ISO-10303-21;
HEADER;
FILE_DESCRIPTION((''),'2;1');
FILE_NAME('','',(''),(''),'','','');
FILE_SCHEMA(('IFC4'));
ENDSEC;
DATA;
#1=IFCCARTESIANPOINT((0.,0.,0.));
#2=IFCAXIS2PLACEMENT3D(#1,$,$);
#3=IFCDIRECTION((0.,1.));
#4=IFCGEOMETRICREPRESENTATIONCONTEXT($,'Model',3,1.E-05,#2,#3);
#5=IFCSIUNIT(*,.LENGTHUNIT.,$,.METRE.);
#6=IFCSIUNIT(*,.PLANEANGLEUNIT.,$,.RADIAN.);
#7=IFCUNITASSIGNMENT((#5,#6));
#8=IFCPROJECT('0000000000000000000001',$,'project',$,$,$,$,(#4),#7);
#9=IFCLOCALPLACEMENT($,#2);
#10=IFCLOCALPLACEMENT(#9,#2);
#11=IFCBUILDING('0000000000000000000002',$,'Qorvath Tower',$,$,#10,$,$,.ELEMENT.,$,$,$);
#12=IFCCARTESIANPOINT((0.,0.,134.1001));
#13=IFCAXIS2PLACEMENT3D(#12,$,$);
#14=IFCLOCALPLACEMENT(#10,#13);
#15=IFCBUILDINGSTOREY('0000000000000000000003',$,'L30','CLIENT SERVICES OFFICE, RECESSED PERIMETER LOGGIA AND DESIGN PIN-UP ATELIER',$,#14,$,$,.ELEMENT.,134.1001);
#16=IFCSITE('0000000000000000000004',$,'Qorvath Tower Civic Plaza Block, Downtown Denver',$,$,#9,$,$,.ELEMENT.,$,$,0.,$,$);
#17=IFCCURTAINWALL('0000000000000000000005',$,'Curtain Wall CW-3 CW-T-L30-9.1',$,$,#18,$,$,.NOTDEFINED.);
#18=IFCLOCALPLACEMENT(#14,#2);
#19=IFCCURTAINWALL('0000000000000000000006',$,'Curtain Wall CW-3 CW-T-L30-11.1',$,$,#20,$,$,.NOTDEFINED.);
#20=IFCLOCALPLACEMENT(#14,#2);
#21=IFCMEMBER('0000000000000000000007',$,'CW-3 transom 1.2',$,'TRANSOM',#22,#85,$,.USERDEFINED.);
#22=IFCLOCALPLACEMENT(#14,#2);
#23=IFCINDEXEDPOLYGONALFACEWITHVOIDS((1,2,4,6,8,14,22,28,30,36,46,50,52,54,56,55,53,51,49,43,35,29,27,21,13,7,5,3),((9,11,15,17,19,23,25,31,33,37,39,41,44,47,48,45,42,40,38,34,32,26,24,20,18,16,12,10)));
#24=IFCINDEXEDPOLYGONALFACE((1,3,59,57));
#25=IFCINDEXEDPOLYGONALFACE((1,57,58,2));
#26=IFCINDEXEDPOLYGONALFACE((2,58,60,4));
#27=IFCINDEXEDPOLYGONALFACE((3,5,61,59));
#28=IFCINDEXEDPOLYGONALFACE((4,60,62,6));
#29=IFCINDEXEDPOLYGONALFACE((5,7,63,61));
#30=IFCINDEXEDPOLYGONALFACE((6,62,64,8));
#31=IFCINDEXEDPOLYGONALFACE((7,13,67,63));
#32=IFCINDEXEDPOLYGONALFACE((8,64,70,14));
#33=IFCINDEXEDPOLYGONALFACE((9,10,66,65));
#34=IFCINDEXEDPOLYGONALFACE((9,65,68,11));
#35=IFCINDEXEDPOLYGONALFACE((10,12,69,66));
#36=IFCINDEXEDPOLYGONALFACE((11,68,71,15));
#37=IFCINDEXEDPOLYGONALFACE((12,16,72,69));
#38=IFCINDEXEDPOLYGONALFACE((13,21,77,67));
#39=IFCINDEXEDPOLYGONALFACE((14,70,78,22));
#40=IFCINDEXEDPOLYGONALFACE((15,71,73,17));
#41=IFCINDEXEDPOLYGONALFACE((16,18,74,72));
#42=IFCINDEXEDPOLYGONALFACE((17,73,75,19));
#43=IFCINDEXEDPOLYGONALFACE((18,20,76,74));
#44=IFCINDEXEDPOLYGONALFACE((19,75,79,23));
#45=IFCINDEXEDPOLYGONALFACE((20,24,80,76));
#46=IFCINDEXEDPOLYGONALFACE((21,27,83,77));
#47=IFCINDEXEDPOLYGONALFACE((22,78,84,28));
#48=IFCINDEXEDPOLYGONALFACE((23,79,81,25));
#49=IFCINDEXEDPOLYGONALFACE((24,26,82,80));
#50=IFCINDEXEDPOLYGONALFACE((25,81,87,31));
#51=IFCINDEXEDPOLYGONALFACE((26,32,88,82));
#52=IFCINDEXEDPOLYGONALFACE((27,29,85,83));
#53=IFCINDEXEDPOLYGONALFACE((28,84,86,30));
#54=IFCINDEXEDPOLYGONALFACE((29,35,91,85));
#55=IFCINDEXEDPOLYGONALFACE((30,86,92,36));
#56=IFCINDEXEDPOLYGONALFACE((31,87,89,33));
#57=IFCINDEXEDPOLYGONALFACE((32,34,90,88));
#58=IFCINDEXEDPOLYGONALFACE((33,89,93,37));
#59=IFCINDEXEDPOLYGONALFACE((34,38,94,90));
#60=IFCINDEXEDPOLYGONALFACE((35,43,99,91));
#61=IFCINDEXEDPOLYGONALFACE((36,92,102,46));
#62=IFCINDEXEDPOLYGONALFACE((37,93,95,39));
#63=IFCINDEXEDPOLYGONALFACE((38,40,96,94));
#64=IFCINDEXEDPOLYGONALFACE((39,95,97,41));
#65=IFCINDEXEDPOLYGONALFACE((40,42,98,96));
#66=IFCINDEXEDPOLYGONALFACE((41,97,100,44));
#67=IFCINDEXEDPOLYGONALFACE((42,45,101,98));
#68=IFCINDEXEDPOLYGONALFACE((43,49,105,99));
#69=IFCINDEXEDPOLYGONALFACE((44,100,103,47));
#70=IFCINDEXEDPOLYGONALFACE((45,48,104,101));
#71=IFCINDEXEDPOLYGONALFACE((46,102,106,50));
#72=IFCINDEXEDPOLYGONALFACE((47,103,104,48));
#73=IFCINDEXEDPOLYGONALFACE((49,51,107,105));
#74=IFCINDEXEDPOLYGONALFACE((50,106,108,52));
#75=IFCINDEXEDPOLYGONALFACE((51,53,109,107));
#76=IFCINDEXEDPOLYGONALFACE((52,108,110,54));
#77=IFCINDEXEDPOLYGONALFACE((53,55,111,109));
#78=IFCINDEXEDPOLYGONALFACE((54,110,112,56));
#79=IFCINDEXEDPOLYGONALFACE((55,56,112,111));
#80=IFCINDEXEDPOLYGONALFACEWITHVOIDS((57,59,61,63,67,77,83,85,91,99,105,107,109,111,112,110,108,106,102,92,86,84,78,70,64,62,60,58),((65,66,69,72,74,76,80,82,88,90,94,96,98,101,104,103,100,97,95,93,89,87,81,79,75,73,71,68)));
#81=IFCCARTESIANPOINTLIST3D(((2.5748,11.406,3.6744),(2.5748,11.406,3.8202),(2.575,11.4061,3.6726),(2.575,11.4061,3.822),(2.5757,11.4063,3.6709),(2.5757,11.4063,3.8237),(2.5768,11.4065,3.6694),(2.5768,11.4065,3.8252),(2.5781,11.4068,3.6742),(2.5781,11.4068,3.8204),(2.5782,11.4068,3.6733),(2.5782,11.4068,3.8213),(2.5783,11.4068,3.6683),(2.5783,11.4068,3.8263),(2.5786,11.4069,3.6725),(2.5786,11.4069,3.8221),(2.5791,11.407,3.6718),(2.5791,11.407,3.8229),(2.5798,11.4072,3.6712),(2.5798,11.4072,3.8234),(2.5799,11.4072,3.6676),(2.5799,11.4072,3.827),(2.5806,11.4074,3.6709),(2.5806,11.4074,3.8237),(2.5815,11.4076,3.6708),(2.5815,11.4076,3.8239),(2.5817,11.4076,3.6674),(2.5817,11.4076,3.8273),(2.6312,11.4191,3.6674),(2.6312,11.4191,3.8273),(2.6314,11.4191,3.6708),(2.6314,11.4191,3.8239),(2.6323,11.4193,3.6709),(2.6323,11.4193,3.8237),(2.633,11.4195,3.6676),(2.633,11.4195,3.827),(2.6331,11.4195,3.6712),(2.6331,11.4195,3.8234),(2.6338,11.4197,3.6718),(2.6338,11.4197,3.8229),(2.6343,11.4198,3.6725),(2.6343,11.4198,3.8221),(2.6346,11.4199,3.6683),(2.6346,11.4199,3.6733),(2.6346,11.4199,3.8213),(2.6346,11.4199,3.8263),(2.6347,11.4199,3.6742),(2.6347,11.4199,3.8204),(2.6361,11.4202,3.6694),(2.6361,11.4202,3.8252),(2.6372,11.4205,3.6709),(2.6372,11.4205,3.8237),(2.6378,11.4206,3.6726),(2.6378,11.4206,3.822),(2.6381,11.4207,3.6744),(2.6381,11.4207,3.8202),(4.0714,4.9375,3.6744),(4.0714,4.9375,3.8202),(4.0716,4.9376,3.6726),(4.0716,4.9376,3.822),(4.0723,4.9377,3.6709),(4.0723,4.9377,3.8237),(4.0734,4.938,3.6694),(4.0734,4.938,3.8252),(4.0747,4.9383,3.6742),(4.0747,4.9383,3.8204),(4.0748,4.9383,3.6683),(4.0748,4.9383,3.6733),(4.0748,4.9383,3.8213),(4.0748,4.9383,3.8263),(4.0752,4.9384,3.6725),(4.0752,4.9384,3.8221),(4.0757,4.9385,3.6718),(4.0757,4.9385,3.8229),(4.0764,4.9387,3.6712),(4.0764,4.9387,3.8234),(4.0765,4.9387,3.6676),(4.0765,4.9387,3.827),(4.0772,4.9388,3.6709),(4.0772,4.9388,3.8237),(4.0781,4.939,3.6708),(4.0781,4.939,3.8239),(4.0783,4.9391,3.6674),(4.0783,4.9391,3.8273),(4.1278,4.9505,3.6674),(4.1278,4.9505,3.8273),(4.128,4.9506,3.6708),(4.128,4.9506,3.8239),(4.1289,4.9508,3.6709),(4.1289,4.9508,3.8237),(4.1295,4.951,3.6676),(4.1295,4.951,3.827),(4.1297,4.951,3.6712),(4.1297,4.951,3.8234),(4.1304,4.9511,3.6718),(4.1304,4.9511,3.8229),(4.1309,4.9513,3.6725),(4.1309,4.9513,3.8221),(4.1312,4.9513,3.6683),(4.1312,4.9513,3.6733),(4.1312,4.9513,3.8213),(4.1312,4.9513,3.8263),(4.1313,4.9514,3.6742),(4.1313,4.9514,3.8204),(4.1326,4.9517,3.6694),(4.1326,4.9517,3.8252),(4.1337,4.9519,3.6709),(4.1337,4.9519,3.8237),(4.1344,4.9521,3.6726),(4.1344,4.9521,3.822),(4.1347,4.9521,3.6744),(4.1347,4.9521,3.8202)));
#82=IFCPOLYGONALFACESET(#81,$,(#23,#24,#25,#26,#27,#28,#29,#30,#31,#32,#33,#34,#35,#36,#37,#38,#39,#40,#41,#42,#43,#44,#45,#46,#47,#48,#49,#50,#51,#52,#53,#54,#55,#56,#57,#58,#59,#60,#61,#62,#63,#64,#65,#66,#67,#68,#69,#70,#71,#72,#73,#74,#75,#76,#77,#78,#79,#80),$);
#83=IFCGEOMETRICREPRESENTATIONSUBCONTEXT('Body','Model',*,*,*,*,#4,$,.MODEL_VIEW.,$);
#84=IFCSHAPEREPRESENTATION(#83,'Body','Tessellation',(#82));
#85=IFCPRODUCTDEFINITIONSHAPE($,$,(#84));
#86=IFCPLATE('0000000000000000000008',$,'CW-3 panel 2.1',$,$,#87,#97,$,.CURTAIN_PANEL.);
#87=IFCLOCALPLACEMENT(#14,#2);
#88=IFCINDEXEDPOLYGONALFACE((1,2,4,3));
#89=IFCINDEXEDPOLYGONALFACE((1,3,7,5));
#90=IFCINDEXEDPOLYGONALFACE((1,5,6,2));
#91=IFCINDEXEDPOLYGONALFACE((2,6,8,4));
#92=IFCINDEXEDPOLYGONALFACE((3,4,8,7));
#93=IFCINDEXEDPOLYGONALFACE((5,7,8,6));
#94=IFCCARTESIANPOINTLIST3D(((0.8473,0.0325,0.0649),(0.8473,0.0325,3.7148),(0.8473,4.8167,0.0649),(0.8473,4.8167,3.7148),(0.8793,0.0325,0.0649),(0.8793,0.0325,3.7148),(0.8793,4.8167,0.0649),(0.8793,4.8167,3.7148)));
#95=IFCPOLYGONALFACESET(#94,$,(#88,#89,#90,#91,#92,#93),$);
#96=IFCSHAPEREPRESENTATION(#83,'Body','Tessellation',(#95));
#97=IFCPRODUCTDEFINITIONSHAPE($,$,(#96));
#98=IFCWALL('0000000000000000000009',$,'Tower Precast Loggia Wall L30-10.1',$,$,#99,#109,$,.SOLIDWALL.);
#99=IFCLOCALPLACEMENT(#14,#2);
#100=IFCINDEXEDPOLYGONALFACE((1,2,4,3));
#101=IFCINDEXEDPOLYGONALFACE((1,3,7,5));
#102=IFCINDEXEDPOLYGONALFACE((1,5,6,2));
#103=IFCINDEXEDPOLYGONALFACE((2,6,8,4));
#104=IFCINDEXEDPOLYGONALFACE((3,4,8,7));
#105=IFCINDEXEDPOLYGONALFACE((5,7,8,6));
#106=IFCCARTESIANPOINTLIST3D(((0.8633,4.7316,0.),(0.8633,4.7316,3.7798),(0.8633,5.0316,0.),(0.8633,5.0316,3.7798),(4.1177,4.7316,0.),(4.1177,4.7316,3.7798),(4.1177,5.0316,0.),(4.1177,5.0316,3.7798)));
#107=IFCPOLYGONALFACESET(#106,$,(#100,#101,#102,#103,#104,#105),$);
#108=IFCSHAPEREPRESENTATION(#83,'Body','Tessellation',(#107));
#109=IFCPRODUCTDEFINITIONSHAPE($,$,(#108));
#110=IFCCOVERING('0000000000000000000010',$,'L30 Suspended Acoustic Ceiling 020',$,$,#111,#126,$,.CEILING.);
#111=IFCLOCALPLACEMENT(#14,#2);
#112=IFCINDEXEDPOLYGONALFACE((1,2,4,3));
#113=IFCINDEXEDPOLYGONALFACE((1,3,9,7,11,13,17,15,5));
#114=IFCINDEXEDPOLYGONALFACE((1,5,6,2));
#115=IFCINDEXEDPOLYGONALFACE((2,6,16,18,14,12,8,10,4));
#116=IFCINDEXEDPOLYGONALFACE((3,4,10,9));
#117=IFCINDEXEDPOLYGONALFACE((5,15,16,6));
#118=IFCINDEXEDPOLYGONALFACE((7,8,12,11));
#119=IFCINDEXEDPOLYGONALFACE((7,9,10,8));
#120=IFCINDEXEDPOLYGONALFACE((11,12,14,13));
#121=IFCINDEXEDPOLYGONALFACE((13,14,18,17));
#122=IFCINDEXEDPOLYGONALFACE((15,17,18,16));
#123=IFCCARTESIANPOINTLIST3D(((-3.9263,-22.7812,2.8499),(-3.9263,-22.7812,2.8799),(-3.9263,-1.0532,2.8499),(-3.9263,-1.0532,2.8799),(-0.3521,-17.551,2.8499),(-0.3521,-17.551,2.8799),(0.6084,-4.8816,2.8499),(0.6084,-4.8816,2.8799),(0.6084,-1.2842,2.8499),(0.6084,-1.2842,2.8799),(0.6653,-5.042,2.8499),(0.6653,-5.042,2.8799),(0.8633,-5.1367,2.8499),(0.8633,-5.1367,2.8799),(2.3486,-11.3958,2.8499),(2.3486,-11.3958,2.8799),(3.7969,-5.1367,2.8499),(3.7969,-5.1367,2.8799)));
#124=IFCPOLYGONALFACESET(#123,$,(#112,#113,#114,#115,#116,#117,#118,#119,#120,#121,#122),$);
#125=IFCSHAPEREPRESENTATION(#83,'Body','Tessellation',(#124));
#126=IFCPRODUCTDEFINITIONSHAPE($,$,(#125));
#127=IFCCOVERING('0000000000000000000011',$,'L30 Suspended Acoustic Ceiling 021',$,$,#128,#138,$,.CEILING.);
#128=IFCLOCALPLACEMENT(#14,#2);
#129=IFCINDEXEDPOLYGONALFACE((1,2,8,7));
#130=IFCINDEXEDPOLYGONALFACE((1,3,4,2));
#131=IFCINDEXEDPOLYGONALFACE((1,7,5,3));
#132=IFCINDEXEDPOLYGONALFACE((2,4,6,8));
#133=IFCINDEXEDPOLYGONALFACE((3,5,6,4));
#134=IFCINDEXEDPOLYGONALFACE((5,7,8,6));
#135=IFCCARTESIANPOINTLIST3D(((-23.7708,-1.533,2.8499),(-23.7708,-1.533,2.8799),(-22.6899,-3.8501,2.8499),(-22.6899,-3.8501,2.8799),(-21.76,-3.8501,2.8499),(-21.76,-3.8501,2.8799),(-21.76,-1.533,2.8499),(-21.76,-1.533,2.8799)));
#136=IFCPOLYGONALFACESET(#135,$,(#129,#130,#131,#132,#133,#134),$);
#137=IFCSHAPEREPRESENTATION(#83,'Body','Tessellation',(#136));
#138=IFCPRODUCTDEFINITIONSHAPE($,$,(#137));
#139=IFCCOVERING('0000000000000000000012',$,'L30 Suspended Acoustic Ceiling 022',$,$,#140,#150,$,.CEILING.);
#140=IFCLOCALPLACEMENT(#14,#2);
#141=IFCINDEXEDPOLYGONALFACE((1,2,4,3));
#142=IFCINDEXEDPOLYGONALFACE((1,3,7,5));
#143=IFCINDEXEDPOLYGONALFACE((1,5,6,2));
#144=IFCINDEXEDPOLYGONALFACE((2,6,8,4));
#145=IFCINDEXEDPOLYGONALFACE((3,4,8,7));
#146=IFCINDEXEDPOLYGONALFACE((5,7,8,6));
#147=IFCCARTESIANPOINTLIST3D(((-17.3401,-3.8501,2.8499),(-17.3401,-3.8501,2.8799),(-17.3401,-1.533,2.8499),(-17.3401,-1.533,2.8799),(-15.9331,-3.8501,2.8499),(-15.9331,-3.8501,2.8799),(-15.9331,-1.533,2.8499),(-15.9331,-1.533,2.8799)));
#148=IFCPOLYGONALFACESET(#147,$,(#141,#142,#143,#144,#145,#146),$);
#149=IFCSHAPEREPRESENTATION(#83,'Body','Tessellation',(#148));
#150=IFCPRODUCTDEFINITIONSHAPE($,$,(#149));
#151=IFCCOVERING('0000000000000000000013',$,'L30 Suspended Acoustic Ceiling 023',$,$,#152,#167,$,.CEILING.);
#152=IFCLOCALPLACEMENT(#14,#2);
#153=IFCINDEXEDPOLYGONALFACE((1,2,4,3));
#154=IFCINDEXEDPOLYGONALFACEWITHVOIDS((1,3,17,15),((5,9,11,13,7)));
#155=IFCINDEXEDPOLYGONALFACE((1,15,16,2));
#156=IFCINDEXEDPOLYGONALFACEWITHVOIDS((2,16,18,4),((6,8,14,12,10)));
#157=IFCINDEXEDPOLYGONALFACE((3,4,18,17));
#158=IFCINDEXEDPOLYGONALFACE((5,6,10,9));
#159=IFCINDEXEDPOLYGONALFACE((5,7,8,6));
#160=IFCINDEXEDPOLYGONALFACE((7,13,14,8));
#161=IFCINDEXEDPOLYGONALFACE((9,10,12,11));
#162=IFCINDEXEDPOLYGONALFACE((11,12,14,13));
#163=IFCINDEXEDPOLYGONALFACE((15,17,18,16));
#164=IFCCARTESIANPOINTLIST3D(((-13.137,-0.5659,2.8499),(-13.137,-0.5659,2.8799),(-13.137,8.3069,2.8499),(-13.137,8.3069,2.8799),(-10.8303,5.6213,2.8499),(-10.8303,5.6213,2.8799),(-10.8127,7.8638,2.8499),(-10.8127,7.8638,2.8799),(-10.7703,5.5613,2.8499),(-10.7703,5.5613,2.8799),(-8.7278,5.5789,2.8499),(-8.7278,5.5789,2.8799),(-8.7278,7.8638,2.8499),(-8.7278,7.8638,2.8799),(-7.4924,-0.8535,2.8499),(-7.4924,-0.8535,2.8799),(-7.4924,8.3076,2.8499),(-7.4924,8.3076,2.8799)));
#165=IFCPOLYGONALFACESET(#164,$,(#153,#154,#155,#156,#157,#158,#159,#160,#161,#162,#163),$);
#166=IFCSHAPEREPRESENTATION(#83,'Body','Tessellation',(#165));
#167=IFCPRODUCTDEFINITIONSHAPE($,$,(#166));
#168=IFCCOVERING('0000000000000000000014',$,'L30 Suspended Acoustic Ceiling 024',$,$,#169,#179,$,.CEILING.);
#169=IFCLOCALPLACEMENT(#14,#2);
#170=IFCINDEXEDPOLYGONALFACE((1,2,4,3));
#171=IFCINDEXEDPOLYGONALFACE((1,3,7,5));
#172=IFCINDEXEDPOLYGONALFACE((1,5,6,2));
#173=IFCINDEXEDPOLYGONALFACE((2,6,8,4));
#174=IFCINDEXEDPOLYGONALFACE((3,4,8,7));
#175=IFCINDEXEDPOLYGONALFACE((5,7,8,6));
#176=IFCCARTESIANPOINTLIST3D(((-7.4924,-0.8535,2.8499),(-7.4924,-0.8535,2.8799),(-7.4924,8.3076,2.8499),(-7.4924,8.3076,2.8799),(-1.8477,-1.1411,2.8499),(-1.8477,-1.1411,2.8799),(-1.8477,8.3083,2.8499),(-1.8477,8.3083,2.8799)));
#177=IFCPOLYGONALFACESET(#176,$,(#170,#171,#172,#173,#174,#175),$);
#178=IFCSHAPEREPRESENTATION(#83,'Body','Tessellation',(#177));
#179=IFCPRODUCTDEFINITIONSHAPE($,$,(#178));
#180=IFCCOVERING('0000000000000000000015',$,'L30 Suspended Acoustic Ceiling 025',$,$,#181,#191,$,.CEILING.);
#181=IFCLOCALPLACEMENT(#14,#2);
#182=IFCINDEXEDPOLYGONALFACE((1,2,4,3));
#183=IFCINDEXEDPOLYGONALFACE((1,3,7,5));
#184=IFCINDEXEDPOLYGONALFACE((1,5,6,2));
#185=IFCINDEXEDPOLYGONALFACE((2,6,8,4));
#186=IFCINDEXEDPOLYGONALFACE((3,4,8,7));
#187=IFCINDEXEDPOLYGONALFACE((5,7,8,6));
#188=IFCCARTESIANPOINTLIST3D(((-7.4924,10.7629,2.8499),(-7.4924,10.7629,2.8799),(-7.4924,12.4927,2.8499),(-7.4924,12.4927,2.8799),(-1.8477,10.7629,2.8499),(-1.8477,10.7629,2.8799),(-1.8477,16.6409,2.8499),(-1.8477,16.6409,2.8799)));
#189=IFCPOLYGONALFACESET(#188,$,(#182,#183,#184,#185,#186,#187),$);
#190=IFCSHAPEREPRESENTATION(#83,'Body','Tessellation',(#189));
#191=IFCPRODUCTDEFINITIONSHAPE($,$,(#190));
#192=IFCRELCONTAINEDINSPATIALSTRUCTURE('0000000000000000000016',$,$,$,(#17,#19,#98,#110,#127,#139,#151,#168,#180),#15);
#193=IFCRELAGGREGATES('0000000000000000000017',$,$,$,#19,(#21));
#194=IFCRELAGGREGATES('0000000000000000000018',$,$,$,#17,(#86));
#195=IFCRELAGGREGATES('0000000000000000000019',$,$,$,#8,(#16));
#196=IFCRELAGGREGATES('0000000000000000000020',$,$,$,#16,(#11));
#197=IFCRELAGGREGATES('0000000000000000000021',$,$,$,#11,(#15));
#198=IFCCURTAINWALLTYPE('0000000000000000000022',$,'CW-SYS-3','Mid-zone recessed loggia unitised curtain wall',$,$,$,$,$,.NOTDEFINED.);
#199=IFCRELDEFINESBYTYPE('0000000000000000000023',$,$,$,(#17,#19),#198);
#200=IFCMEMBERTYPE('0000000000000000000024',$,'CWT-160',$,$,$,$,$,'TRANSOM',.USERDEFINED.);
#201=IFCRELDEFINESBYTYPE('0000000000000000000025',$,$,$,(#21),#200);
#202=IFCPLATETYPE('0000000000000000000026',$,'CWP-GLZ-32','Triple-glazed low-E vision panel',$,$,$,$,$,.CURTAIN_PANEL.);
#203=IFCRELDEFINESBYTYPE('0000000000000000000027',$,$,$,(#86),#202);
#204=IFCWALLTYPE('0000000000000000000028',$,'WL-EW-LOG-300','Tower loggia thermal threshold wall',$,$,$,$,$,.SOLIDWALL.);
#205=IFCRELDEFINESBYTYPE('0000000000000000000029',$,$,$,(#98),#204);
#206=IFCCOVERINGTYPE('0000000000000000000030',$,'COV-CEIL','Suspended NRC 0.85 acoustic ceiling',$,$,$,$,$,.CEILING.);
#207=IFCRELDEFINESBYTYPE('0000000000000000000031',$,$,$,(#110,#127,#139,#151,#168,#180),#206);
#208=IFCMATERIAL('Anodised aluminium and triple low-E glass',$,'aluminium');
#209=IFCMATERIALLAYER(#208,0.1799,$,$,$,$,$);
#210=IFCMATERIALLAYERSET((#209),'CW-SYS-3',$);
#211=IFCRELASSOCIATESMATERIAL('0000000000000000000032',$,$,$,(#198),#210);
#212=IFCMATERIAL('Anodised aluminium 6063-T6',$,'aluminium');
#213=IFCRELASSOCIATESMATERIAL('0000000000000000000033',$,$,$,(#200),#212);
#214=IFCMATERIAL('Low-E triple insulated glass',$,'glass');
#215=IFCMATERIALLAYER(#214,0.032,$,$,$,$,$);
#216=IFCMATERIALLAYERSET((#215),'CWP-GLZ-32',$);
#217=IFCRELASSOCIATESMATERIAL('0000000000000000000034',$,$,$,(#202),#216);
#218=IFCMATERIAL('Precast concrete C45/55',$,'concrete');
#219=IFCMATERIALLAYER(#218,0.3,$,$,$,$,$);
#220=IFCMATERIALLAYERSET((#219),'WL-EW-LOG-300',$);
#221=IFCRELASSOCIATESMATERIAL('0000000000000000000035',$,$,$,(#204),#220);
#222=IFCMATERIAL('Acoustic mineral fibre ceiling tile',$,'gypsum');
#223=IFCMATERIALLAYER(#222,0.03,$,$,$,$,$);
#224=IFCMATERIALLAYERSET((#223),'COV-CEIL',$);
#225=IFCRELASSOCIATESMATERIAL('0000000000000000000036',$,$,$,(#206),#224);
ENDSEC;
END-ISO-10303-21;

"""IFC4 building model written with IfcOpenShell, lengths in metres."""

from ifc_helpers import new_model, si_unit, direction, frame, frame_2d, origin, origin_2d, place, context, subcontext, project, spatial, polyline, rectangle, hollow_rectangle, outline, extrude, material, layer, layer_set, material_profile, profile_set, type_object, element, aggregate, save


model = new_model("IFC4")

# Units and contexts
model_context = context("Model", 3, precision=1e-05, world=origin(), true_north=direction((0.0, 1.0)))
body_context = subcontext(model_context, "Body", "Model", "MODEL_VIEW")
ifc_project = project(units=[si_unit("LENGTHUNIT", "METRE"), si_unit("PLANEANGLEUNIT", "RADIAN")], contexts=[model_context])

# Site, building, storey
site_placement = place(None, origin())
site = spatial("IfcSite", under=ifc_project, at=site_placement, Name="Qorvath Tower Civic Plaza Block, Downtown Denver", CompositionType="ELEMENT", RefElevation=0.0)
building_placement = place(site_placement, origin())
building = spatial("IfcBuilding", under=site, at=building_placement, Name="Qorvath Tower", CompositionType="ELEMENT")
storey_placement = place(building_placement, frame((0.0, 0.0, 134.1001)))
storey = spatial("IfcBuildingStorey", under=building, at=storey_placement, Name="L30", Description="CLIENT SERVICES OFFICE, RECESSED PERIMETER LOGGIA AND DESIGN PIN-UP ATELIER", CompositionType="ELEMENT", Elevation=134.1001)

# Curtain wall
ifc_material_1 = material(Name="Anodised aluminium and triple low-E glass", Category="aluminium")
ifc_layer_1 = layer(ifc_material_1, 0.1799)
ifc_layer_set_1 = layer_set([ifc_layer_1], Name="CW-SYS-3")
curtain_wall_type = type_object("IfcCurtainWallType", Name="CW-SYS-3", Description="Mid-zone recessed loggia unitised curtain wall", PredefinedType="NOTDEFINED", material=ifc_layer_set_1)
curtain_wall_1_placement = place(storey_placement, origin())
curtain_wall_1 = element("IfcCurtainWall", 1, at=curtain_wall_1_placement, inside=storey, type_object=curtain_wall_type, Name="Curtain Wall CW-3 CW-T-L30-9.1", PredefinedType="NOTDEFINED")

# Curtain wall
curtain_wall_2_placement = place(storey_placement, origin())
curtain_wall_2 = element("IfcCurtainWall", 2, at=curtain_wall_2_placement, inside=storey, type_object=curtain_wall_type, Name="Curtain Wall CW-3 CW-T-L30-11.1", PredefinedType="NOTDEFINED")

# Member
ifc_material_2 = material(Name="Anodised aluminium 6063-T6", Category="aluminium")
ifc_material_profile_1 = material_profile(ifc_material_2, hollow_rectangle(XDim=0.0649, YDim=0.1599, WallThickness=0.0034, InnerFilletRadius=0.0034, OuterFilletRadius=0.0071, at=origin_2d()), Name="CWT 160x65")
ifc_profile_set_1 = profile_set([ifc_material_profile_1], Name="Anodised aluminium 6063-T6")
member_type_1 = type_object("IfcMemberType", Name="CWT-160", ElementType="TRANSOM", PredefinedType="USERDEFINED", material=ifc_profile_set_1)
member_1_placement = place(storey_placement, frame((4.103, 4.9448, 3.7473), z_axis=(-0.22541, 0.974264, 0.0), x_axis=(-0.974264, -0.22541, 0.0)))
member_1 = element("IfcMember", 3, at=member_1_placement, type_object=member_type_1, Name="CW-3 transom 1.2", ObjectType="TRANSOM", PredefinedType="USERDEFINED", context=body_context, shape_type="SweptSolid", body=[
    extrude(hollow_rectangle(XDim=0.0649, YDim=0.1599, WallThickness=0.0034, InnerFilletRadius=0.0034, OuterFilletRadius=0.0071, at=origin_2d()), origin(), (0.0, 0.0, 1.0), 6.6394),
])
aggregate(curtain_wall_2, [member_1])

# Plate
ifc_material_3 = material(Name="Low-E triple insulated glass", Category="glass")
ifc_layer_2 = layer(ifc_material_3, 0.032)
ifc_layer_set_2 = layer_set([ifc_layer_2], Name="CWP-GLZ-32")
plate_type = type_object("IfcPlateType", Name="CWP-GLZ-32", Description="Triple-glazed low-E vision panel", PredefinedType="CURTAIN_PANEL", material=ifc_layer_set_2)
plate_placement = place(storey_placement, frame((0.8633, 2.4246, 0.0649), z_axis=(0.0, 0.0, 1.0), x_axis=(0.0, 1.0, 0.0)))
plate = element("IfcPlate", 4, at=plate_placement, type_object=plate_type, Name="CW-3 panel 2.1", PredefinedType="CURTAIN_PANEL", context=body_context, shape_type="SweptSolid", body=[
    extrude(rectangle(XDim=4.7842, YDim=0.032, at=origin_2d()), origin(), (0.0, 0.0, 1.0), 3.6499),
])
aggregate(curtain_wall_1, [plate])

# Wall
ifc_material_4 = material(Name="Precast concrete C45/55", Category="concrete")
ifc_layer_3 = layer(ifc_material_4, 0.3)
ifc_layer_set_3 = layer_set([ifc_layer_3], Name="WL-EW-LOG-300")
wall_type = type_object("IfcWallType", Name="WL-EW-LOG-300", Description="Tower loggia thermal threshold wall", PredefinedType="SOLIDWALL", material=ifc_layer_set_3)
wall_placement = place(storey_placement, frame((0.8633, 4.8816, 0.0), z_axis=(0.0, 0.0, 1.0), x_axis=(1.0, 0.0, 0.0)))
element("IfcWall", 5, at=wall_placement, inside=storey, type_object=wall_type, Name="Tower Precast Loggia Wall L30-10.1", PredefinedType="SOLIDWALL", context=body_context, shape_type="SweptSolid", body=[
    extrude(rectangle(XDim=3.2544, YDim=0.3, at=frame_2d((1.6272, 0.0))), origin(), (0.0, 0.0, 1.0), 3.7798),
])

# Coverings
ifc_material_5 = material(Name="Acoustic mineral fibre ceiling tile", Category="gypsum")
ifc_layer_4 = layer(ifc_material_5, 0.03)
ifc_layer_set_4 = layer_set([ifc_layer_4], Name="COV-CEIL")
covering_type_1 = type_object("IfcCoveringType", Name="COV-CEIL", Description="Suspended NRC 0.85 acoustic ceiling", PredefinedType="CEILING", material=ifc_layer_set_4)
covering_1_placement = place(storey_placement, frame((0.0, 0.0, 2.8499)))
element("IfcCovering", 6, at=covering_1_placement, inside=storey, type_object=covering_type_1, Name="L30 Suspended Acoustic Ceiling 020", PredefinedType="CEILING", context=body_context, shape_type="SweptSolid", body=[
    extrude(outline(polyline([(-3.9263, -1.0532), (-3.9263, -22.7812), (-0.3521, -17.551), (2.3486, -11.3958), (3.7969, -5.1367), (0.8633, -5.1367), (0.6653, -5.042), (0.6084, -4.8816), (0.6084, -1.2842), (-3.9263, -1.0532)])), origin(), (0.0, 0.0, 1.0), 0.03),
])
covering_2_placement = place(storey_placement, frame((0.0, 0.0, 2.8499)))
element("IfcCovering", 7, at=covering_2_placement, inside=storey, type_object=covering_type_1, Name="L30 Suspended Acoustic Ceiling 021", PredefinedType="CEILING", context=body_context, shape_type="SweptSolid", body=[
    extrude(outline(polyline([(-22.6899, -3.8501), (-21.76, -3.8501), (-21.76, -1.533), (-23.7708, -1.533), (-22.6899, -3.8501)])), origin(), (0.0, 0.0, 1.0), 0.03),
])
covering_3_placement = place(storey_placement, frame((0.0, 0.0, 2.8499)))
element("IfcCovering", 8, at=covering_3_placement, inside=storey, type_object=covering_type_1, Name="L30 Suspended Acoustic Ceiling 022", PredefinedType="CEILING", context=body_context, shape_type="SweptSolid", body=[
    extrude(outline(polyline([(-17.3401, -1.533), (-17.3401, -3.8501), (-15.9331, -3.8501), (-15.9331, -1.533), (-17.3401, -1.533)])), origin(), (0.0, 0.0, 1.0), 0.03),
])
covering_4_placement = place(storey_placement, frame((0.0, 0.0, 2.8499)))
element("IfcCovering", 9, at=covering_4_placement, inside=storey, type_object=covering_type_1, Name="L30 Suspended Acoustic Ceiling 023", PredefinedType="CEILING", context=body_context, shape_type="SweptSolid", body=[
    extrude(outline(polyline([(-7.4924, -0.8535), (-7.4924, 8.3076), (-13.137, 8.3069), (-13.137, -0.5659), (-7.4924, -0.8535)]), holes=[polyline([(-10.8303, 5.6213), (-10.8127, 7.8638), (-8.7278, 7.8638), (-8.7278, 5.5789), (-10.7703, 5.5613), (-10.8303, 5.6213)])]), origin(), (0.0, 0.0, 1.0), 0.03),
])
covering_5_placement = place(storey_placement, frame((0.0, 0.0, 2.8499)))
element("IfcCovering", 10, at=covering_5_placement, inside=storey, type_object=covering_type_1, Name="L30 Suspended Acoustic Ceiling 024", PredefinedType="CEILING", context=body_context, shape_type="SweptSolid", body=[
    extrude(outline(polyline([(-1.8477, -1.1411), (-1.8477, 8.3083), (-7.4924, 8.3076), (-7.4924, -0.8535), (-1.8477, -1.1411)])), origin(), (0.0, 0.0, 1.0), 0.03),
])
covering_6_placement = place(storey_placement, frame((0.0, 0.0, 2.8499)))
element("IfcCovering", 11, at=covering_6_placement, inside=storey, type_object=covering_type_1, Name="L30 Suspended Acoustic Ceiling 025", PredefinedType="CEILING", context=body_context, shape_type="SweptSolid", body=[
    extrude(outline(polyline([(-1.8477, 10.7629), (-1.8477, 16.6409), (-7.4924, 12.4927), (-7.4924, 10.7629), (-1.8477, 10.7629)])), origin(), (0.0, 0.0, 1.0), 0.03),
])

save(model, "model.ifc")
